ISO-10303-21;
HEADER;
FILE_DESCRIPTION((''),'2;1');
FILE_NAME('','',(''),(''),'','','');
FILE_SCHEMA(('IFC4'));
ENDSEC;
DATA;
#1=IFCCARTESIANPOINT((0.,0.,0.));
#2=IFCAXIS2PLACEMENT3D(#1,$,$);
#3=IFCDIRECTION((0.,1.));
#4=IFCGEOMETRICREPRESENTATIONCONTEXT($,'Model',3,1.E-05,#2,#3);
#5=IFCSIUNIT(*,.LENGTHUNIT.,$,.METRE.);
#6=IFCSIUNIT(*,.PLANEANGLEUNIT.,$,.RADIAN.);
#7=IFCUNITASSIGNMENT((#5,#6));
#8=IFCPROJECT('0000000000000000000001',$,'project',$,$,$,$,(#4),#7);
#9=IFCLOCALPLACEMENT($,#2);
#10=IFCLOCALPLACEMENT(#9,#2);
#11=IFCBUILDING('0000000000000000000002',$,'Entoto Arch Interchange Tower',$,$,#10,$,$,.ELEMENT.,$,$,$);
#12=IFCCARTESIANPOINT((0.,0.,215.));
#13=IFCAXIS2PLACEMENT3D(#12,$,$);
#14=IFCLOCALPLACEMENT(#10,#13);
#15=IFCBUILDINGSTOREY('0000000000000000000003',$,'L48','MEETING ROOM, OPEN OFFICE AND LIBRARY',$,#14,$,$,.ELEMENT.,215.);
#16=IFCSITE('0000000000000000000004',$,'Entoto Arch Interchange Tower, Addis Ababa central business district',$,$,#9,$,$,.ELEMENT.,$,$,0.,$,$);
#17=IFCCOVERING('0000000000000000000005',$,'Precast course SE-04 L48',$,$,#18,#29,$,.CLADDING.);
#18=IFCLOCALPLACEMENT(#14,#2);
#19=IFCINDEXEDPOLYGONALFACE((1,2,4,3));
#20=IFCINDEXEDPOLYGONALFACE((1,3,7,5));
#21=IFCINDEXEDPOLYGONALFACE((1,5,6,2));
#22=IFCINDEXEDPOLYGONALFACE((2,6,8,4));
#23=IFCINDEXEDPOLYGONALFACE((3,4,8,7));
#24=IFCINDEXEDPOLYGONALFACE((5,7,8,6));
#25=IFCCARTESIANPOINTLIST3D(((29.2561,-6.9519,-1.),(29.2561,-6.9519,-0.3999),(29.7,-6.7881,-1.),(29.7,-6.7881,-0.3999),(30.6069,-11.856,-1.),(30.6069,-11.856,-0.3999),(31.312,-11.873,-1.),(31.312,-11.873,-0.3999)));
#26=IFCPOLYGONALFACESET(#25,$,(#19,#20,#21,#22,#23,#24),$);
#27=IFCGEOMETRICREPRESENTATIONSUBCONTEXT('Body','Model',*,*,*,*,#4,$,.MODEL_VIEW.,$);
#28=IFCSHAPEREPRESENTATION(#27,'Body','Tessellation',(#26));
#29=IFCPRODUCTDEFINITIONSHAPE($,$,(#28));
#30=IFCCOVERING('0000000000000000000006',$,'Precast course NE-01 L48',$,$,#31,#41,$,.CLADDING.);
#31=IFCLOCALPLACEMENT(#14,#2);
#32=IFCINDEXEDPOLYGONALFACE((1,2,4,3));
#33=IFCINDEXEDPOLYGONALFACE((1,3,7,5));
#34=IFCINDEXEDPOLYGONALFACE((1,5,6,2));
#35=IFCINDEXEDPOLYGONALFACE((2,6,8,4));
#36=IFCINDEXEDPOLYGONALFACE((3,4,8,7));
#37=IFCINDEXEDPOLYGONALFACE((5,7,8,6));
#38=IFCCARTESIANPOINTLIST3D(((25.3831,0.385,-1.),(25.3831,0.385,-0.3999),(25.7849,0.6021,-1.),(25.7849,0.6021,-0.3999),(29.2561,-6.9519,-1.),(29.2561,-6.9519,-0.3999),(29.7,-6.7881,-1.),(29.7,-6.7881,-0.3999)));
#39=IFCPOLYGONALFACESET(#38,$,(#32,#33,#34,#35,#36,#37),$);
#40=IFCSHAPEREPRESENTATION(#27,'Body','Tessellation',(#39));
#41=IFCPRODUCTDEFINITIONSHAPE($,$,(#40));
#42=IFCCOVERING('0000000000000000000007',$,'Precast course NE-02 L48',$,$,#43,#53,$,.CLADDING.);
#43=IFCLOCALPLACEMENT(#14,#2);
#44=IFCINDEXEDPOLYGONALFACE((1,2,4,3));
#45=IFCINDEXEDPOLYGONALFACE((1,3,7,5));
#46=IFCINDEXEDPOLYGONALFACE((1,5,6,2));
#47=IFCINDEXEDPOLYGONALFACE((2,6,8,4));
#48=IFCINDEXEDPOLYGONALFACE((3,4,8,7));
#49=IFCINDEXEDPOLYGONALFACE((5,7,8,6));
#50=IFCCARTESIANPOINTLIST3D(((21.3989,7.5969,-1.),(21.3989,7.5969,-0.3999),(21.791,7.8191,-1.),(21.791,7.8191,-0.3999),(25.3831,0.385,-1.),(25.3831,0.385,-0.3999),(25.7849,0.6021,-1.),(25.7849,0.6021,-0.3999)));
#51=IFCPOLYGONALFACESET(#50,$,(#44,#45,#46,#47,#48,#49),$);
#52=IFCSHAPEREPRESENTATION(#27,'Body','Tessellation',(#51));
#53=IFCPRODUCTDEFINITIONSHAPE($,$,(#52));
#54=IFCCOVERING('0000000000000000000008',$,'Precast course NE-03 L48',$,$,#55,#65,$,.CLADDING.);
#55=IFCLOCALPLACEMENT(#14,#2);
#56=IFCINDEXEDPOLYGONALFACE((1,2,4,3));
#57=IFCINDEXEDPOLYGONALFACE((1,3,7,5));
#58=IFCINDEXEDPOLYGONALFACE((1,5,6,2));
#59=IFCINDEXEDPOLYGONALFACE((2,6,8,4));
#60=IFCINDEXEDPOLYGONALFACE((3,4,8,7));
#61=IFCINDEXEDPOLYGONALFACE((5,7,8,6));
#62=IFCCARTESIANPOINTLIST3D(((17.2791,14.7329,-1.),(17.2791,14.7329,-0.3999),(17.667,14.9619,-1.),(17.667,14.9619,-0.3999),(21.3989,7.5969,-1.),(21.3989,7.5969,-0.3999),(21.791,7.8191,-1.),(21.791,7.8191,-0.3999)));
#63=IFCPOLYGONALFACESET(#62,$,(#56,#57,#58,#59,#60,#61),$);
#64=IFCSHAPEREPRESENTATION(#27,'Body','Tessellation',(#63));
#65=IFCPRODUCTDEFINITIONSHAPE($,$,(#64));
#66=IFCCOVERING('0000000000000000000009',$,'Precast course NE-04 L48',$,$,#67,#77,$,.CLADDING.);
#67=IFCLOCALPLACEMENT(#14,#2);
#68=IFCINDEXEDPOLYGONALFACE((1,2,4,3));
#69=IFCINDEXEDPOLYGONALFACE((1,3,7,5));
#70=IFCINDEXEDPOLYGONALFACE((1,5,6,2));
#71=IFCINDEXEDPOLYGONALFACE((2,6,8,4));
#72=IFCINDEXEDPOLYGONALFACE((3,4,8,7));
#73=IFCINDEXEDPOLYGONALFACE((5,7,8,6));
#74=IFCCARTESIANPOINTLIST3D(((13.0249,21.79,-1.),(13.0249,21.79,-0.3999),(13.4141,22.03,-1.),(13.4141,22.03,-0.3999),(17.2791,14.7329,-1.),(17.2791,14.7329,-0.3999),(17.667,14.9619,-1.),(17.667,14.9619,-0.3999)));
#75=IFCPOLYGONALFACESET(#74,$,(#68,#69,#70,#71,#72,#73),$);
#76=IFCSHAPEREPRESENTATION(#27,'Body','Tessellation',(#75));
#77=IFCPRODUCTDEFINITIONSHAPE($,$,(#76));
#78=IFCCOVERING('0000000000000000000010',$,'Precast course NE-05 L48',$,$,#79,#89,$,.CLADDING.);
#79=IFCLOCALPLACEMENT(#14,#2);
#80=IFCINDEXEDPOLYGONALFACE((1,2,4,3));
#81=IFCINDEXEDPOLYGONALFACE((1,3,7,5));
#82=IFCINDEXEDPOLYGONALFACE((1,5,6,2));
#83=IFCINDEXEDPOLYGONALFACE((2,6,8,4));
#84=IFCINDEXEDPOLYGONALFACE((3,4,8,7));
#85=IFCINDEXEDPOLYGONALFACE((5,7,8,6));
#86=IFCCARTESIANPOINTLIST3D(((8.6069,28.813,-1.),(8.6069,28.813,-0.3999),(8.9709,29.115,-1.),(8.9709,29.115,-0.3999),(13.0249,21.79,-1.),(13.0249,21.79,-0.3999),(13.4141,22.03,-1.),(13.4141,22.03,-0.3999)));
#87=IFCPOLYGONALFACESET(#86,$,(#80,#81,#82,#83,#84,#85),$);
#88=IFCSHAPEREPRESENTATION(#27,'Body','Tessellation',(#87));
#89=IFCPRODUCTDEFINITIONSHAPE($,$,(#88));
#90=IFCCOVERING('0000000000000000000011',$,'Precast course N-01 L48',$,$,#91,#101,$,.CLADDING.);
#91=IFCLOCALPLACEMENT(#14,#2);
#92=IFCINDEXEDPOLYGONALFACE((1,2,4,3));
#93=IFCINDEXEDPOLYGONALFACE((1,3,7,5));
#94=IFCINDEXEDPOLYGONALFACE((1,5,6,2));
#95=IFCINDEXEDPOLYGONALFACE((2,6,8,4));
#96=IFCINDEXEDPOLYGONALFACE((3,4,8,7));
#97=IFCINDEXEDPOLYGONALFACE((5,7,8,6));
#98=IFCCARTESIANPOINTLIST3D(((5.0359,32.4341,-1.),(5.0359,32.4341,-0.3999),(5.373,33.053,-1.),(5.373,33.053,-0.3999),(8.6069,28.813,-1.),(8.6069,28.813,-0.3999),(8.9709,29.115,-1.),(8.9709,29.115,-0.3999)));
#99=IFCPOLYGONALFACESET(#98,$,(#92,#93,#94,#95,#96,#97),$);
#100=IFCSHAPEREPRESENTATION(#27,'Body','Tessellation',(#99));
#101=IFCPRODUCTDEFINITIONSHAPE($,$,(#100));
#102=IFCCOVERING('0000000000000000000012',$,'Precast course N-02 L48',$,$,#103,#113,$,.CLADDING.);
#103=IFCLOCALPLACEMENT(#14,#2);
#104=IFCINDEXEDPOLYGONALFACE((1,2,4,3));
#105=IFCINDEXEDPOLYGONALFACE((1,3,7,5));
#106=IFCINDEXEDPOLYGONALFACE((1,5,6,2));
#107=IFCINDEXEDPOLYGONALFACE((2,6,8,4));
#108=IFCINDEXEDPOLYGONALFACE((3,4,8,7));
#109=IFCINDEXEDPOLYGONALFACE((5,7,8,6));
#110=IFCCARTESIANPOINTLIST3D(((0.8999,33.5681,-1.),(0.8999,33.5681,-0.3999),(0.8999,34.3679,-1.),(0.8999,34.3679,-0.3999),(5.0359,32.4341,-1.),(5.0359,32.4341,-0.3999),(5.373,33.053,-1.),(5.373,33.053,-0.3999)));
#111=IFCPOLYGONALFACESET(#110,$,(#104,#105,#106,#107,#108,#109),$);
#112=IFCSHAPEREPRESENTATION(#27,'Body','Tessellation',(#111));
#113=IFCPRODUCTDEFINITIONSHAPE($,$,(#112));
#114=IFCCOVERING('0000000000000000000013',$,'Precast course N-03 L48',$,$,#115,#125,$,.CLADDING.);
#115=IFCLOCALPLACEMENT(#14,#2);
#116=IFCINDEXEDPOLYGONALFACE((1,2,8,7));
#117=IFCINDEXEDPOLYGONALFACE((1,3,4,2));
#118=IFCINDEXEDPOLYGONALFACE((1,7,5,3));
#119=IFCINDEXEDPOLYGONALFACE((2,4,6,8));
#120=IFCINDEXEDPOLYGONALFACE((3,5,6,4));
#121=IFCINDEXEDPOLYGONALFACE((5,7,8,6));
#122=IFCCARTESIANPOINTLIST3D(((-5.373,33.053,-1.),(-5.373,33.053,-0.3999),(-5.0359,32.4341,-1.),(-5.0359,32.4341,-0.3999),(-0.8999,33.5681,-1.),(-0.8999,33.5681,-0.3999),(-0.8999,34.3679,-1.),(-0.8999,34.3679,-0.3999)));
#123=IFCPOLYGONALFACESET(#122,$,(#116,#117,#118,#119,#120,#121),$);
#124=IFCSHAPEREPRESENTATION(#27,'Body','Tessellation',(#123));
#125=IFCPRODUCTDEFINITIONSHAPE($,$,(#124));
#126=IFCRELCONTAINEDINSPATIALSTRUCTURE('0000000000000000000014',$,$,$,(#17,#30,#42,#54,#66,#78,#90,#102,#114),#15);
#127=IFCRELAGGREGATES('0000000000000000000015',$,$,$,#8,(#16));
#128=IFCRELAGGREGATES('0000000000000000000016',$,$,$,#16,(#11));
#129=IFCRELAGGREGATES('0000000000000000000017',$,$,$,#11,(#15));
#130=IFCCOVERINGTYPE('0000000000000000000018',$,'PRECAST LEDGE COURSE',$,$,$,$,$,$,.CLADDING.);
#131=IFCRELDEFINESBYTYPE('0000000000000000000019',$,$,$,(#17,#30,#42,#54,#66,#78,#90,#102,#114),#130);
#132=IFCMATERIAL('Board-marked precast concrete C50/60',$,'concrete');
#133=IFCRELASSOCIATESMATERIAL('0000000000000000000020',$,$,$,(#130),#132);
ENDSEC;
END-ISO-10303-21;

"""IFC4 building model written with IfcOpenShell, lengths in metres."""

from ifc_helpers import new_model, si_unit, direction, frame, origin, place, context, subcontext, project, spatial, polyline, outline, extrude, material, type_object, element, save


model = new_model("IFC4")

# Units and contexts
model_context = context("Model", 3, precision=1e-05, world=origin(), true_north=direction((0.0, 1.0)))
body_context = subcontext(model_context, "Body", "Model", "MODEL_VIEW")
ifc_project = project(units=[si_unit("LENGTHUNIT", "METRE"), si_unit("PLANEANGLEUNIT", "RADIAN")], contexts=[model_context])

# Site, building, storey
site_placement = place(None, origin())
site = spatial("IfcSite", under=ifc_project, at=site_placement, Name="Entoto Arch Interchange Tower, Addis Ababa central business district", CompositionType="ELEMENT", RefElevation=0.0)
building_placement = place(site_placement, origin())
building = spatial("IfcBuilding", under=site, at=building_placement, Name="Entoto Arch Interchange Tower", CompositionType="ELEMENT")
storey_placement = place(building_placement, frame((0.0, 0.0, 215.0)))
storey = spatial("IfcBuildingStorey", under=building, at=storey_placement, Name="L48", Description="MEETING ROOM, OPEN OFFICE AND LIBRARY", CompositionType="ELEMENT", Elevation=215.0)

# Coverings
ifc_material_1 = material(Name="Board-marked precast concrete C50/60", Category="concrete")
covering_type = type_object("IfcCoveringType", Name="PRECAST LEDGE COURSE", PredefinedType="CLADDING", material=ifc_material_1)
covering_1_placement = place(storey_placement, frame((0.0, 0.0, -1.0)))
element("IfcCovering", 1, at=covering_1_placement, inside=storey, type_object=covering_type, Name="Precast course SE-04 L48", PredefinedType="CLADDING", context=body_context, shape_type="SweptSolid", body=[
    extrude(outline(polyline([(29.2561, -6.9519), (29.7, -6.7881), (31.312, -11.873), (30.6069, -11.856), (29.2561, -6.9519)])), origin(), (0.0, 0.0, 1.0), 0.6001),
])
covering_2_placement = place(storey_placement, frame((0.0, 0.0, -1.0)))
element("IfcCovering", 2, at=covering_2_placement, inside=storey, type_object=covering_type, Name="Precast course NE-01 L48", PredefinedType="CLADDING", context=body_context, shape_type="SweptSolid", body=[
    extrude(outline(polyline([(25.3831, 0.385), (25.7849, 0.6021), (29.7, -6.7881), (29.2561, -6.9519), (25.3831, 0.385)])), origin(), (0.0, 0.0, 1.0), 0.6001),
])
covering_3_placement = place(storey_placement, frame((0.0, 0.0, -1.0)))
element("IfcCovering", 3, at=covering_3_placement, inside=storey, type_object=covering_type, Name="Precast course NE-02 L48", PredefinedType="CLADDING", context=body_context, shape_type="SweptSolid", body=[
    extrude(outline(polyline([(21.3989, 7.5969), (21.791, 7.8191), (25.7849, 0.6021), (25.3831, 0.385), (21.3989, 7.5969)])), origin(), (0.0, 0.0, 1.0), 0.6001),
])
covering_4_placement = place(storey_placement, frame((0.0, 0.0, -1.0)))
element("IfcCovering", 4, at=covering_4_placement, inside=storey, type_object=covering_type, Name="Precast course NE-03 L48", PredefinedType="CLADDING", context=body_context, shape_type="SweptSolid", body=[
    extrude(outline(polyline([(17.2791, 14.7329), (17.667, 14.9619), (21.791, 7.8191), (21.3989, 7.5969), (17.2791, 14.7329)])), origin(), (0.0, 0.0, 1.0), 0.6001),
])
covering_5_placement = place(storey_placement, frame((0.0, 0.0, -1.0)))
element("IfcCovering", 5, at=covering_5_placement, inside=storey, type_object=covering_type, Name="Precast course NE-04 L48", PredefinedType="CLADDING", context=body_context, shape_type="SweptSolid", body=[
    extrude(outline(polyline([(13.0249, 21.79), (13.4141, 22.03), (17.667, 14.9619), (17.2791, 14.7329), (13.0249, 21.79)])), origin(), (0.0, 0.0, 1.0), 0.6001),
])
covering_6_placement = place(storey_placement, frame((0.0, 0.0, -1.0)))
element("IfcCovering", 6, at=covering_6_placement, inside=storey, type_object=covering_type, Name="Precast course NE-05 L48", PredefinedType="CLADDING", context=body_context, shape_type="SweptSolid", body=[
    extrude(outline(polyline([(8.6069, 28.813), (8.9709, 29.115), (13.4141, 22.03), (13.0249, 21.79), (8.6069, 28.813)])), origin(), (0.0, 0.0, 1.0), 0.6001),
])
covering_7_placement = place(storey_placement, frame((0.0, 0.0, -1.0)))
element("IfcCovering", 7, at=covering_7_placement, inside=storey, type_object=covering_type, Name="Precast course N-01 L48", PredefinedType="CLADDING", context=body_context, shape_type="SweptSolid", body=[
    extrude(outline(polyline([(5.0359, 32.4341), (5.373, 33.053), (8.9709, 29.115), (8.6069, 28.813), (5.0359, 32.4341)])), origin(), (0.0, 0.0, 1.0), 0.6001),
])
covering_8_placement = place(storey_placement, frame((0.0, 0.0, -1.0)))
element("IfcCovering", 8, at=covering_8_placement, inside=storey, type_object=covering_type, Name="Precast course N-02 L48", PredefinedType="CLADDING", context=body_context, shape_type="SweptSolid", body=[
    extrude(outline(polyline([(0.8999, 33.5681), (0.8999, 34.3679), (5.373, 33.053), (5.0359, 32.4341), (0.8999, 33.5681)])), origin(), (0.0, 0.0, 1.0), 0.6001),
])
covering_9_placement = place(storey_placement, frame((0.0, 0.0, -1.0)))
element("IfcCovering", 9, at=covering_9_placement, inside=storey, type_object=covering_type, Name="Precast course N-03 L48", PredefinedType="CLADDING", context=body_context, shape_type="SweptSolid", body=[
    extrude(outline(polyline([(-5.0359, 32.4341), (-5.373, 33.053), (-0.8999, 34.3679), (-0.8999, 33.5681), (-5.0359, 32.4341)])), origin(), (0.0, 0.0, 1.0), 0.6001),
])

save(model, "model.ifc")
